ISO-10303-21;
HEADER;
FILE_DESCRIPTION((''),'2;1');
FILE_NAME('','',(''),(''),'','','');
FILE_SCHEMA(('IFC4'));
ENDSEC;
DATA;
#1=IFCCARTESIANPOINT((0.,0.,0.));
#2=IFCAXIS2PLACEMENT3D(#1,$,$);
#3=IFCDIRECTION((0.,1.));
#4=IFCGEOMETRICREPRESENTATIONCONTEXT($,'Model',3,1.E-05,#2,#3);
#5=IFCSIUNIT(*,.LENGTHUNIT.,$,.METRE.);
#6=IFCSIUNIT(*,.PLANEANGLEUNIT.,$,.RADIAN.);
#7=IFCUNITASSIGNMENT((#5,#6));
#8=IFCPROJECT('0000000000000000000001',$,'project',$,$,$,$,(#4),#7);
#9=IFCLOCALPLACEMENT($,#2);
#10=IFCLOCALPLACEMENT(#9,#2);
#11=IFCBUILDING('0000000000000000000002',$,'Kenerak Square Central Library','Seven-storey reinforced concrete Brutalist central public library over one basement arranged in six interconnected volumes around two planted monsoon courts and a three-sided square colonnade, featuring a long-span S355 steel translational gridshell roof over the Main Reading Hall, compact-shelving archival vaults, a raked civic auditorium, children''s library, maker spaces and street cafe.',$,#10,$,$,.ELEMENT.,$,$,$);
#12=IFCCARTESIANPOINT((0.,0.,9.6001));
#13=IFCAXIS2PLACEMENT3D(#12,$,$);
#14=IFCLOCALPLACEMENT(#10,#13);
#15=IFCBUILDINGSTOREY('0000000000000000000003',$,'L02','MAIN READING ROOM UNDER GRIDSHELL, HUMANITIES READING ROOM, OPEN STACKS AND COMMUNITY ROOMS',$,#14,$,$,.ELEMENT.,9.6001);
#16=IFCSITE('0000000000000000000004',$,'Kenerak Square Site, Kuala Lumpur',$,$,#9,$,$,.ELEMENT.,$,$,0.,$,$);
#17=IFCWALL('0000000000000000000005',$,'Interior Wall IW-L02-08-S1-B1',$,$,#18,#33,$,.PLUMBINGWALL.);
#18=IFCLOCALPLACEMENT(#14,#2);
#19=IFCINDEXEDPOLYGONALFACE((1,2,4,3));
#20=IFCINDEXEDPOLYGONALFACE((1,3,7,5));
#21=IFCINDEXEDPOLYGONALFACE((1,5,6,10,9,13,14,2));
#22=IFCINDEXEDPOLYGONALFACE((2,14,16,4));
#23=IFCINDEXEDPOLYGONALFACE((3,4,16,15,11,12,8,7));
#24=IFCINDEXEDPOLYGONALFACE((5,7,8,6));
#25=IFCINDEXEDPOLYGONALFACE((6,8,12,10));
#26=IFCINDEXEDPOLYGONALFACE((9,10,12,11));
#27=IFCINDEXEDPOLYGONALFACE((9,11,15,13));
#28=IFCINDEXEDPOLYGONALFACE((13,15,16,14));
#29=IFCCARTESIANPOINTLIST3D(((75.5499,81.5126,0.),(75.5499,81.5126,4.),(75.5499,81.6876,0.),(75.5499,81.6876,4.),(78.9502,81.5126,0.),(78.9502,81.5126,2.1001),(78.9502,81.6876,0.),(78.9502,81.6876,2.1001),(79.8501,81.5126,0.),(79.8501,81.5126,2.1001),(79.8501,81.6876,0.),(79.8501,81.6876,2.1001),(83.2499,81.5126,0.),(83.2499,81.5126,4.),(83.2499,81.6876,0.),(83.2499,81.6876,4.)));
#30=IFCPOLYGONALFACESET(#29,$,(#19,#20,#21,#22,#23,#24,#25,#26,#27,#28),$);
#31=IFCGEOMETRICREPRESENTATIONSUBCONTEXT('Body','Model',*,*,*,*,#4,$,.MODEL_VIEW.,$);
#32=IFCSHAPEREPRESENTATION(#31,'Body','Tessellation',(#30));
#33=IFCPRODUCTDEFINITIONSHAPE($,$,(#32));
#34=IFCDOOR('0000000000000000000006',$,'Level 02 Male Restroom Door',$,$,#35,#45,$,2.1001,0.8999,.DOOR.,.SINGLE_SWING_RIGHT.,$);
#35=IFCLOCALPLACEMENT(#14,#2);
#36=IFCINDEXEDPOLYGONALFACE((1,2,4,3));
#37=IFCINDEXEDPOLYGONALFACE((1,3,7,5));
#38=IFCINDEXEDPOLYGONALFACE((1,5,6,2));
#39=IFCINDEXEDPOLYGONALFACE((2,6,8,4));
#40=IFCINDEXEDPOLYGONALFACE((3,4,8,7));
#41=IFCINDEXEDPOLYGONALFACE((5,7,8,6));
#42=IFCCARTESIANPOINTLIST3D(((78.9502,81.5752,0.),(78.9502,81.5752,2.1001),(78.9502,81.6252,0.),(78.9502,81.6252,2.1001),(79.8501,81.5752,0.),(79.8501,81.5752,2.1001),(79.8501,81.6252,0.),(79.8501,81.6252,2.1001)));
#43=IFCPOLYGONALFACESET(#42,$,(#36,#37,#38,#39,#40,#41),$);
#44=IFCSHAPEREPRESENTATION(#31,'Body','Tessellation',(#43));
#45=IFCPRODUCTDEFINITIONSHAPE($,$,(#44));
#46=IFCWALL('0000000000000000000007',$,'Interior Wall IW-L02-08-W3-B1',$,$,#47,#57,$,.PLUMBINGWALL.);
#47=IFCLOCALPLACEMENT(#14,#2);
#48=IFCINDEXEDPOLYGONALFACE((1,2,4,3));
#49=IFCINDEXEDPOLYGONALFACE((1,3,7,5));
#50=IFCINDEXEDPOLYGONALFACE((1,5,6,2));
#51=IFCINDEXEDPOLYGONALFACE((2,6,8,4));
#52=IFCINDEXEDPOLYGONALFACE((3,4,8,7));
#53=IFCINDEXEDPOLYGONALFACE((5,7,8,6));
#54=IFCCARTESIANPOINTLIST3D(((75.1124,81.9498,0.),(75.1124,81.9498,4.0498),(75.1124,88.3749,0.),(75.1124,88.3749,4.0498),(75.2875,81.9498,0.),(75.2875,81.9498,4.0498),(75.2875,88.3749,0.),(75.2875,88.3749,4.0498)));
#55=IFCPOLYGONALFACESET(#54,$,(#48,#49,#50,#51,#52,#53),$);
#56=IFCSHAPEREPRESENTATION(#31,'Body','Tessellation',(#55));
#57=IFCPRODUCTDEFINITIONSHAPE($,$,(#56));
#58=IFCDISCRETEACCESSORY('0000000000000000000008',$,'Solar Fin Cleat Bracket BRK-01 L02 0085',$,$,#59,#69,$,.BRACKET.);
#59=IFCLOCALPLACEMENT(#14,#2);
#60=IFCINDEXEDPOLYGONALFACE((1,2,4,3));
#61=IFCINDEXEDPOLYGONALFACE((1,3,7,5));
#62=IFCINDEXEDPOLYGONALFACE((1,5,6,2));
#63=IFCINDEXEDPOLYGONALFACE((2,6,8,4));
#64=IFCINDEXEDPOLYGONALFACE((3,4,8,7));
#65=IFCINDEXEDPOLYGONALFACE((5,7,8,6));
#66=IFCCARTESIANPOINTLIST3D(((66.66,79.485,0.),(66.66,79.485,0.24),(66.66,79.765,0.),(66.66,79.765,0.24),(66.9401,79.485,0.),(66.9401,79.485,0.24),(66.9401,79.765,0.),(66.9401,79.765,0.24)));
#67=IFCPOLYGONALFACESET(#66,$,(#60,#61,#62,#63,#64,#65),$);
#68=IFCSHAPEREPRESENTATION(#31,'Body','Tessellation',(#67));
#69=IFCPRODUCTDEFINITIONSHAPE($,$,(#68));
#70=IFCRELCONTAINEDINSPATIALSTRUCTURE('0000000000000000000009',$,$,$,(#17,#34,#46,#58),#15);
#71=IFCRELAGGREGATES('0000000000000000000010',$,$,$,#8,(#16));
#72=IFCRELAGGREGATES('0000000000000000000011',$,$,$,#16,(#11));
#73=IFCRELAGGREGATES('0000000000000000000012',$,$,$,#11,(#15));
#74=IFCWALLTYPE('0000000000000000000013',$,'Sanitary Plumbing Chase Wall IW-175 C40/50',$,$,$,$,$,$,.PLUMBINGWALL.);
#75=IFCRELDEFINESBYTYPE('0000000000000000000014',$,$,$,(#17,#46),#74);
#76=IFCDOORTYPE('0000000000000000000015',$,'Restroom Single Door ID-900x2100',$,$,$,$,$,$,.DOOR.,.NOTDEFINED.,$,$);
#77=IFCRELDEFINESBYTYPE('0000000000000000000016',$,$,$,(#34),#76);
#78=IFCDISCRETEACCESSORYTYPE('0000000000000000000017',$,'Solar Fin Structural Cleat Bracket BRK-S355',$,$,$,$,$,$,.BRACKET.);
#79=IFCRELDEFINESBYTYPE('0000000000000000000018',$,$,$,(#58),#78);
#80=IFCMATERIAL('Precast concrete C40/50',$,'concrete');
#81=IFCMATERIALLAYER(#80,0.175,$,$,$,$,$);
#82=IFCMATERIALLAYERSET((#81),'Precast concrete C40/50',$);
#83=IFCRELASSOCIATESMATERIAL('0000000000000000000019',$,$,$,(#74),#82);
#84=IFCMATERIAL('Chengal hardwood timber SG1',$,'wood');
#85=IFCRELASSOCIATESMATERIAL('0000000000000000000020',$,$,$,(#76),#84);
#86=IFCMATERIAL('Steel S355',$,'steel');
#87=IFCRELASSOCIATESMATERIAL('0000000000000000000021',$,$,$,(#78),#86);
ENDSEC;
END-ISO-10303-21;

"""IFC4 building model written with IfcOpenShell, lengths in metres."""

from ifc_helpers import new_model, si_unit, direction, frame, frame_2d, origin, origin_2d, place, context, subcontext, project, spatial, rectangle, extrude, material, layer, layer_set, type_object, element, fill, save


model = new_model("IFC4")

# Units and contexts
model_context = context("Model", 3, precision=1e-05, world=origin(), true_north=direction((0.0, 1.0)))
body_context = subcontext(model_context, "Body", "Model", "MODEL_VIEW")
ifc_project = project(units=[si_unit("LENGTHUNIT", "METRE"), si_unit("PLANEANGLEUNIT", "RADIAN")], contexts=[model_context])

# Site, building, storey
site_placement = place(None, origin())
site = spatial("IfcSite", under=ifc_project, at=site_placement, Name="Kenerak Square Site, Kuala Lumpur", CompositionType="ELEMENT", RefElevation=0.0)
building_placement = place(site_placement, origin())
building = spatial("IfcBuilding", under=site, at=building_placement, Name="Kenerak Square Central Library", Description="Seven-storey reinforced concrete Brutalist central public library over one basement arranged in six interconnected volumes around two planted monsoon courts and a three-sided square colonnade, featuring a long-span S355 steel translational gridshell roof over the Main Reading Hall, compact-shelving archival vaults, a raked civic auditorium, children's library, maker spaces and street cafe.", CompositionType="ELEMENT")
storey_placement = place(building_placement, frame((0.0, 0.0, 9.6001)))
storey = spatial("IfcBuildingStorey", under=building, at=storey_placement, Name="L02", Description="MAIN READING ROOM UNDER GRIDSHELL, HUMANITIES READING ROOM, OPEN STACKS AND COMMUNITY ROOMS", CompositionType="ELEMENT", Elevation=9.6001)

# Wall, opening, door
ifc_material_1 = material(Name="Precast concrete C40/50", Category="concrete")
ifc_layer_1 = layer(ifc_material_1, 0.175)
ifc_layer_set_1 = layer_set([ifc_layer_1], Name="Precast concrete C40/50")
wall_type = type_object("IfcWallType", Name="Sanitary Plumbing Chase Wall IW-175 C40/50", PredefinedType="PLUMBINGWALL", material=ifc_layer_set_1)
wall_1_placement = place(storey_placement, frame((83.25, 81.6001, 0.0), z_axis=(0.0, 0.0, 1.0), x_axis=(-1.0, 0.0, 0.0)))
wall_1 = element("IfcWall", 1, at=wall_1_placement, inside=storey, type_object=wall_type, Name="Interior Wall IW-L02-08-S1-B1", PredefinedType="PLUMBINGWALL", context=body_context, shape_type="SweptSolid", body=[
    extrude(rectangle(XDim=7.7, YDim=0.175, at=frame_2d((3.8501, 0.0))), origin(), (0.0, 0.0, 1.0), 4.0),
])
opening_placement = place(wall_1_placement, frame((3.3999, 0.0, 0.0)))
opening = element("IfcOpeningElement", 2, at=opening_placement, cuts=wall_1, PredefinedType="OPENING", context=body_context, shape_type="SweptSolid", body=[
    extrude(rectangle(XDim=0.8999, YDim=2.1001, at=frame_2d((0.45, 1.05))), frame((0.0, 0.0974, 0.0), z_axis=(0.0, -1.0, 0.0), x_axis=(1.0, 0.0, 0.0)), (0.0, 0.0, 1.0), 0.1951),
])
ifc_material_2 = material(Name="Chengal hardwood timber SG1", Category="wood")
door_type = type_object("IfcDoorType", Name="Restroom Single Door ID-900x2100", OperationType="NOTDEFINED", PredefinedType="DOOR", material=ifc_material_2)
door_placement = place(opening_placement, origin())
door = element("IfcDoor", 3, at=door_placement, inside=storey, type_object=door_type, Name="Level 02 Male Restroom Door", OperationType="SINGLE_SWING_RIGHT", OverallHeight=2.1001, OverallWidth=0.8999, PredefinedType="DOOR", context=body_context, shape_type="SweptSolid", body=[
    extrude(rectangle(XDim=0.8999, YDim=2.1001, at=frame_2d((0.45, 1.05))), frame((0.0, 0.0249, 0.0), z_axis=(0.0, -1.0, 0.0), x_axis=(1.0, 0.0, 0.0)), (0.0, 0.0, 1.0), 0.05),
])
fill(opening, door)

# Wall
wall_2_placement = place(storey_placement, frame((75.2, 81.95, 0.0), z_axis=(0.0, 0.0, 1.0), x_axis=(0.0, 1.0, 0.0)))
element("IfcWall", 4, at=wall_2_placement, inside=storey, type_object=wall_type, Name="Interior Wall IW-L02-08-W3-B1", PredefinedType="PLUMBINGWALL", context=body_context, shape_type="SweptSolid", body=[
    extrude(rectangle(XDim=6.425, YDim=0.175, at=frame_2d((3.2124, 0.0))), origin(), (0.0, 0.0, 1.0), 4.0498),
])

# Discrete accessory
ifc_material_3 = material(Name="Steel S355", Category="steel")
discrete_accessory_type = type_object("IfcDiscreteAccessoryType", Name="Solar Fin Structural Cleat Bracket BRK-S355", PredefinedType="BRACKET", material=ifc_material_3)
discrete_accessory_placement = place(storey_placement, frame((66.8, 79.625, 0.0), z_axis=(0.0, 0.0, 1.0), x_axis=(0.0, 1.0, 0.0)))
element("IfcDiscreteAccessory", 5, at=discrete_accessory_placement, inside=storey, type_object=discrete_accessory_type, Name="Solar Fin Cleat Bracket BRK-01 L02 0085", PredefinedType="BRACKET", context=body_context, shape_type="SweptSolid", body=[
    extrude(rectangle(XDim=0.28, YDim=0.28, at=origin_2d()), origin(), (0.0, 0.0, 1.0), 0.24),
])

save(model, "model.ifc")
